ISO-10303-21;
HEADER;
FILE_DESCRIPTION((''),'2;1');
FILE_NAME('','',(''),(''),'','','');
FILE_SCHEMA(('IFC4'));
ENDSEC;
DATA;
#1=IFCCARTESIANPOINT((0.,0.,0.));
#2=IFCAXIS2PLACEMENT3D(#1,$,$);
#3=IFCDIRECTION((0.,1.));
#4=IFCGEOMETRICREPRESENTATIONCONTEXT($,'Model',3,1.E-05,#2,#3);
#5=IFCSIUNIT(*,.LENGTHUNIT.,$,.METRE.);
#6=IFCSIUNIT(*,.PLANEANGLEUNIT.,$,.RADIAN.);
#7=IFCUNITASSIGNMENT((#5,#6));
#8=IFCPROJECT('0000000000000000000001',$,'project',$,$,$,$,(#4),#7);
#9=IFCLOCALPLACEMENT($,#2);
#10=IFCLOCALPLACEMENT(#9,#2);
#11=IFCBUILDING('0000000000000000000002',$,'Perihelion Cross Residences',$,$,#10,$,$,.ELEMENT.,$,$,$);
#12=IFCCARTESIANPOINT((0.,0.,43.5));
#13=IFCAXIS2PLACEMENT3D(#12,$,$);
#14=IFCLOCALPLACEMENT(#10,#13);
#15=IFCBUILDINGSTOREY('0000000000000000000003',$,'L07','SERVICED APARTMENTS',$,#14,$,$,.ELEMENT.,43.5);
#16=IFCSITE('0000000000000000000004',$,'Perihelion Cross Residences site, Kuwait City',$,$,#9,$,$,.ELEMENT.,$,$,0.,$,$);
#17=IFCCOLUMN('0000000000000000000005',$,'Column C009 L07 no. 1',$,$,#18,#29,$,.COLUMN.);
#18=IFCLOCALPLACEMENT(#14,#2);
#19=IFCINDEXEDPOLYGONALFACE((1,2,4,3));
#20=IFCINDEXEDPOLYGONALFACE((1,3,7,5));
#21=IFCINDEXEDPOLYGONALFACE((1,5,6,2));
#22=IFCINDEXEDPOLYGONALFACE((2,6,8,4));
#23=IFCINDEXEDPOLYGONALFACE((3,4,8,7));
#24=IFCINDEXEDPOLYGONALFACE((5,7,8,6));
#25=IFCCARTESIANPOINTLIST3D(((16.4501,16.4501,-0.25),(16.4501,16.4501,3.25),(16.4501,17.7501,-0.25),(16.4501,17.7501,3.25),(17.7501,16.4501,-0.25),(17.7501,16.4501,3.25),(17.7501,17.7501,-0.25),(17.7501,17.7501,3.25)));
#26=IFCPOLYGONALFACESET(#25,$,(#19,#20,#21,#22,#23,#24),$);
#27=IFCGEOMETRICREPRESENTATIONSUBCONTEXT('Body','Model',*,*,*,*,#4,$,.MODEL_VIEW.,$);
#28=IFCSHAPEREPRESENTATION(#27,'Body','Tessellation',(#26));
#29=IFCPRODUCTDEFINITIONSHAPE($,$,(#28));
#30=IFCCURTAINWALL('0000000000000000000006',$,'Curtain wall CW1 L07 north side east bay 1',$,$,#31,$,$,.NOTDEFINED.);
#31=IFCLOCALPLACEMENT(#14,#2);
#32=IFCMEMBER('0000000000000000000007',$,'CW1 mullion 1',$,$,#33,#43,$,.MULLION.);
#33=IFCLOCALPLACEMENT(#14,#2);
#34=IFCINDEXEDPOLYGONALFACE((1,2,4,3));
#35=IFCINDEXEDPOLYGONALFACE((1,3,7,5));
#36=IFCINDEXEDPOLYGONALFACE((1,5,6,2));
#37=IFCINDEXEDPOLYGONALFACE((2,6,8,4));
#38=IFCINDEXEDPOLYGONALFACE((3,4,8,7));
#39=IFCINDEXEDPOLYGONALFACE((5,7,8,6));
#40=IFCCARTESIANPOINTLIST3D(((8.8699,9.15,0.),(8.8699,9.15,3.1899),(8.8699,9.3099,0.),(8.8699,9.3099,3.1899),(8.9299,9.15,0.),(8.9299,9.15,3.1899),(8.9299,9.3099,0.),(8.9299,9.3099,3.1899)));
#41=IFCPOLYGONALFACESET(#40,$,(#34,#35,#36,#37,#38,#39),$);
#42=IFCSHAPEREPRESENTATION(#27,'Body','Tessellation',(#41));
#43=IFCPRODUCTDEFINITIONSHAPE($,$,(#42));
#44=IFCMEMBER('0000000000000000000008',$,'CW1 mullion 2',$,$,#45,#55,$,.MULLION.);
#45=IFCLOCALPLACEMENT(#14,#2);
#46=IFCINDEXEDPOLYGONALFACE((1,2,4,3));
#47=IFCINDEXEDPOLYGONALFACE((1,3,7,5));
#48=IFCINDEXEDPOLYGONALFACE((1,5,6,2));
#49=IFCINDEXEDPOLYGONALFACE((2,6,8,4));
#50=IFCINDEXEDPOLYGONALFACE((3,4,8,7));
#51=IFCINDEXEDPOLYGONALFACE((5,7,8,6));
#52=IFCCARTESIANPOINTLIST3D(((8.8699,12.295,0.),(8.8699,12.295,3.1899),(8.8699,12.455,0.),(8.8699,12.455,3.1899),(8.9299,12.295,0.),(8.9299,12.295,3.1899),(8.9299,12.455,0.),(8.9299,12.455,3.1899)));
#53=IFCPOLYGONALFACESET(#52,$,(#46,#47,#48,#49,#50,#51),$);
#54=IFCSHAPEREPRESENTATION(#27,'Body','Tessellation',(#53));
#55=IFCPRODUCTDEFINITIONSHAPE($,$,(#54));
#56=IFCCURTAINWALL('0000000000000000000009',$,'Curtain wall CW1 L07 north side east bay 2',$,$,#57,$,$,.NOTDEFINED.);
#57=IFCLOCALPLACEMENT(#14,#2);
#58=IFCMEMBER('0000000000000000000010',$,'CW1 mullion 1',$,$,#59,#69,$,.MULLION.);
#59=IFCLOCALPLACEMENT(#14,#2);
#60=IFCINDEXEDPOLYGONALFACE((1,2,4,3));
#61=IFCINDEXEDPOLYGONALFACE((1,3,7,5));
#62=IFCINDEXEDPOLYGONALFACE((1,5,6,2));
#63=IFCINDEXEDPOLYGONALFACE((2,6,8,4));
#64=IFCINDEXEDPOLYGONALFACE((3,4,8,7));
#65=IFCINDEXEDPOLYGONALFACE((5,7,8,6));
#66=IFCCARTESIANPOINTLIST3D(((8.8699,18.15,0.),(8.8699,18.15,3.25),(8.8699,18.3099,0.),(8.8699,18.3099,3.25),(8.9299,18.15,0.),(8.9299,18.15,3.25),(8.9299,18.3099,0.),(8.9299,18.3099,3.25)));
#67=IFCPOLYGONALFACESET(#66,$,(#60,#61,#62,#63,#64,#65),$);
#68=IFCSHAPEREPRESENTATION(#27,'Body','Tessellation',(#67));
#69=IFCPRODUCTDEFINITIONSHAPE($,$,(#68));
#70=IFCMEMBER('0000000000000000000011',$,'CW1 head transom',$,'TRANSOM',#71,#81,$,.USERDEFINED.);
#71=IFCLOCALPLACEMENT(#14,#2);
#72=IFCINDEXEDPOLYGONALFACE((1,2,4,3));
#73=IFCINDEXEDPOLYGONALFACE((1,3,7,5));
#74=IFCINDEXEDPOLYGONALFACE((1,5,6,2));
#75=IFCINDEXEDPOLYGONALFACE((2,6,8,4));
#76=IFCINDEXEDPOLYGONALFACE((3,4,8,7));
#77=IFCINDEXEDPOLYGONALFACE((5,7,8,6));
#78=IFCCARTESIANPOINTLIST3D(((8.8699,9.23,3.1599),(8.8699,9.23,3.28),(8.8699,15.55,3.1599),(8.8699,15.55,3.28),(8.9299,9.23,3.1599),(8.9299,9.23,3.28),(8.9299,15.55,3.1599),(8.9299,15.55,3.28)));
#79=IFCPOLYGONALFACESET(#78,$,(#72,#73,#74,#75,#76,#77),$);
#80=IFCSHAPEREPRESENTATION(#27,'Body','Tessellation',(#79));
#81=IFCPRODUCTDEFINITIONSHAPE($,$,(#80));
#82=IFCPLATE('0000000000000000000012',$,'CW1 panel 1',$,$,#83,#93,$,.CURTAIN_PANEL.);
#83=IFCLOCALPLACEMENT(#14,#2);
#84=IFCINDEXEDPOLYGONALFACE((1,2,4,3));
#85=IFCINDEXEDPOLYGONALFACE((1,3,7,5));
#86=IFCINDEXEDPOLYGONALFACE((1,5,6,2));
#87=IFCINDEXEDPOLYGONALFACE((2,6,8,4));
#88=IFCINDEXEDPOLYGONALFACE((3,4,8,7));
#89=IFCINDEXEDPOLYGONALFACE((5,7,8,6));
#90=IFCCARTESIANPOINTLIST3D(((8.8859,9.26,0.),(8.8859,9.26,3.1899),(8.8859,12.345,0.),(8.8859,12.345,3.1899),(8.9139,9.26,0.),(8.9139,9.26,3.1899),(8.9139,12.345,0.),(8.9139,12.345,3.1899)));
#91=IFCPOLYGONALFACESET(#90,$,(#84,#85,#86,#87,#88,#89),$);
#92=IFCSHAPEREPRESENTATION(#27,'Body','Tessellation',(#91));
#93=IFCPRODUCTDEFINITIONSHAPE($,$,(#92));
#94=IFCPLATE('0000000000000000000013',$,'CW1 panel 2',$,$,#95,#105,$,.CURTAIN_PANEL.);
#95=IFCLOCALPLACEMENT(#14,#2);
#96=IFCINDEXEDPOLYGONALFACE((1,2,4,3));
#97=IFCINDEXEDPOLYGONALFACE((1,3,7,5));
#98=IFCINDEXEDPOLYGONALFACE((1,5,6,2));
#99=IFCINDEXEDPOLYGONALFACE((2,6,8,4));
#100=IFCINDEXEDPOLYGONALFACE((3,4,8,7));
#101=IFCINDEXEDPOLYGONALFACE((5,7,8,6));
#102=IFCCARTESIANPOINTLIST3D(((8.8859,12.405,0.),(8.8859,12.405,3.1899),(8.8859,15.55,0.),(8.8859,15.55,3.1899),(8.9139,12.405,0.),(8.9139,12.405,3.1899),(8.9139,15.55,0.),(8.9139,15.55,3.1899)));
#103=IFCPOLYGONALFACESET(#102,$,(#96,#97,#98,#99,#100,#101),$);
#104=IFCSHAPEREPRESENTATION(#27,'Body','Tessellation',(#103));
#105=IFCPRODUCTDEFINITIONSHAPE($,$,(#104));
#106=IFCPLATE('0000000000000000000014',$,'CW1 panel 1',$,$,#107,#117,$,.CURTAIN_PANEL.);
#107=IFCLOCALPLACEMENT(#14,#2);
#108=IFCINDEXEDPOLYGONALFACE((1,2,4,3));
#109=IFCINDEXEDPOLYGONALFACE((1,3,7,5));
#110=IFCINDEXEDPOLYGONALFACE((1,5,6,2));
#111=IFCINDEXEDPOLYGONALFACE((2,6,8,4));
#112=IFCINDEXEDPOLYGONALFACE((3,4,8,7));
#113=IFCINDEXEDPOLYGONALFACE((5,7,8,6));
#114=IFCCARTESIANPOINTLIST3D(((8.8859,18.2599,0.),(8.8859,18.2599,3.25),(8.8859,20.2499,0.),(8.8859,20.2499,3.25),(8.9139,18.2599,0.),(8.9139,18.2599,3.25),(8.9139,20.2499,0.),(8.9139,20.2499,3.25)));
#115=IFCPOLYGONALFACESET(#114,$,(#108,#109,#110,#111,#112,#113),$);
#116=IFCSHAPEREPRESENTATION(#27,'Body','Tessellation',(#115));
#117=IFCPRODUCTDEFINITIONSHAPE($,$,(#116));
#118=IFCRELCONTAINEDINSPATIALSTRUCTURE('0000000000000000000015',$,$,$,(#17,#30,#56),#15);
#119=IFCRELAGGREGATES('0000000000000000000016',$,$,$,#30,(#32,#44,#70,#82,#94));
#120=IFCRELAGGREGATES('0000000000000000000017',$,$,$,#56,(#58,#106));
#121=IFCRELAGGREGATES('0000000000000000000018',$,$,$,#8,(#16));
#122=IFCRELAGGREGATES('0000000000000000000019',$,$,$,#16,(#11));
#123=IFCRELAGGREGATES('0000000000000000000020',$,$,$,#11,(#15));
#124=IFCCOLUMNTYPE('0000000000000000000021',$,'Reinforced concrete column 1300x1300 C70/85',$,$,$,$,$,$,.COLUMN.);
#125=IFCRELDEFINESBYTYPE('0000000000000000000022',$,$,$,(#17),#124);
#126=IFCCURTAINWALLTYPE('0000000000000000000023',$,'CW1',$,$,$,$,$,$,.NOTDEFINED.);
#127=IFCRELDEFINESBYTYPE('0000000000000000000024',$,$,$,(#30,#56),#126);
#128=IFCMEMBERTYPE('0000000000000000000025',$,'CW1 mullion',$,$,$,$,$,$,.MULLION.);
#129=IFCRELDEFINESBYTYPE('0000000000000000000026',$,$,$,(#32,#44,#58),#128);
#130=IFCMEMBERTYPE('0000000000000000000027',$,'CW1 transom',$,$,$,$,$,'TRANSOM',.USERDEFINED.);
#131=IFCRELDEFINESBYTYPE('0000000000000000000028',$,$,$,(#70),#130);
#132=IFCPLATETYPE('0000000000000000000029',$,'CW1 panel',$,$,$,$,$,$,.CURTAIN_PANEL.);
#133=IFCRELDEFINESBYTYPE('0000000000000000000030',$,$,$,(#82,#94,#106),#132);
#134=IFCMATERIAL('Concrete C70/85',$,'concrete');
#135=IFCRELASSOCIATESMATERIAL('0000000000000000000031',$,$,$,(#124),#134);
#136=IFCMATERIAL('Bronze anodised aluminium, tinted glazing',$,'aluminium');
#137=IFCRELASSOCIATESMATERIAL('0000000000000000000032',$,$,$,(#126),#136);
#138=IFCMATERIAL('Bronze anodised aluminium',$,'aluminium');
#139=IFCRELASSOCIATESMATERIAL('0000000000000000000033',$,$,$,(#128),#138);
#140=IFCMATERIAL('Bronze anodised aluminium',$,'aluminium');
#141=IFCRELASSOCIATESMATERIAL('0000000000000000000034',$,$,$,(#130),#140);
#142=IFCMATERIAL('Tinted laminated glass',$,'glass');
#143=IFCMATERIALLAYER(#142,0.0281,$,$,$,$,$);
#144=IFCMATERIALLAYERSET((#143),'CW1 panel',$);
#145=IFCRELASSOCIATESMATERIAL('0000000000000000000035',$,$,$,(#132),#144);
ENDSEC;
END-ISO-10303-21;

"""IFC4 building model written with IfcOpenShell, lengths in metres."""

from ifc_helpers import new_model, si_unit, direction, frame, origin, origin_2d, place, context, subcontext, project, spatial, rectangle, extrude, material, layer, layer_set, material_profile, profile_set, type_object, element, aggregate, save


model = new_model("IFC4")

# Units and contexts
model_context = context("Model", 3, precision=1e-05, world=origin(), true_north=direction((0.0, 1.0)))
body_context = subcontext(model_context, "Body", "Model", "MODEL_VIEW")
ifc_project = project(units=[si_unit("LENGTHUNIT", "METRE"), si_unit("PLANEANGLEUNIT", "RADIAN")], contexts=[model_context])

# Site, building, storey
site_placement = place(None, origin())
site = spatial("IfcSite", under=ifc_project, at=site_placement, Name="Perihelion Cross Residences site, Kuwait City", CompositionType="ELEMENT", RefElevation=0.0)
building_placement = place(site_placement, origin())
building = spatial("IfcBuilding", under=site, at=building_placement, Name="Perihelion Cross Residences", CompositionType="ELEMENT")
storey_placement = place(building_placement, frame((0.0, 0.0, 43.5)))
storey = spatial("IfcBuildingStorey", under=building, at=storey_placement, Name="L07", Description="SERVICED APARTMENTS", CompositionType="ELEMENT", Elevation=43.5)

# Column
ifc_material_1 = material(Name="Concrete C70/85", Category="concrete")
ifc_material_profile_1 = material_profile(ifc_material_1, rectangle(XDim=1.3, YDim=1.3, at=origin_2d()), Name="RC 1300x1300")
ifc_profile_set_1 = profile_set([ifc_material_profile_1], Name="Concrete C70/85")
column_type = type_object("IfcColumnType", Name="Reinforced concrete column 1300x1300 C70/85", PredefinedType="COLUMN", material=ifc_profile_set_1)
column_placement = place(storey_placement, frame((17.1001, 17.1001, -0.25), z_axis=(0.0, 0.0, 1.0), x_axis=(1.0, 0.0, 0.0)))
element("IfcColumn", 1, at=column_placement, inside=storey, type_object=column_type, Name="Column C009 L07 no. 1", PredefinedType="COLUMN", context=body_context, shape_type="SweptSolid", body=[
    extrude(rectangle(XDim=1.3, YDim=1.3, at=origin_2d()), origin(), (0.0, 0.0, 1.0), 3.5),
])

# Curtain wall, members
ifc_material_2 = material(Name="Bronze anodised aluminium, tinted glazing", Category="aluminium")
curtain_wall_type = type_object("IfcCurtainWallType", Name="CW1", PredefinedType="NOTDEFINED", material=ifc_material_2)
curtain_wall_1_placement = place(storey_placement, origin())
curtain_wall_1 = element("IfcCurtainWall", 2, at=curtain_wall_1_placement, inside=storey, type_object=curtain_wall_type, Name="Curtain wall CW1 L07 north side east bay 1", PredefinedType="NOTDEFINED")
ifc_material_3 = material(Name="Bronze anodised aluminium", Category="aluminium")
ifc_material_profile_2 = material_profile(ifc_material_3, rectangle(XDim=0.0601, YDim=0.1599, at=origin_2d()), Name="CW1 mullion")
ifc_profile_set_2 = profile_set([ifc_material_profile_2], Name="Bronze anodised aluminium")
member_type_1 = type_object("IfcMemberType", Name="CW1 mullion", PredefinedType="MULLION", material=ifc_profile_set_2)
member_1_placement = place(storey_placement, frame((8.8999, 9.23, 0.0), z_axis=(0.0, 0.0, 1.0), x_axis=(-1.0, 0.0, 0.0)))
member_1 = element("IfcMember", 3, at=member_1_placement, type_object=member_type_1, Name="CW1 mullion 1", PredefinedType="MULLION", context=body_context, shape_type="SweptSolid", body=[
    extrude(rectangle(XDim=0.0601, YDim=0.1599, at=origin_2d()), origin(), (0.0, 0.0, 1.0), 3.1899),
])
member_2_placement = place(storey_placement, frame((8.8999, 12.375, 0.0), z_axis=(0.0, 0.0, 1.0), x_axis=(-1.0, 0.0, 0.0)))
member_2 = element("IfcMember", 4, at=member_2_placement, type_object=member_type_1, Name="CW1 mullion 2", PredefinedType="MULLION", context=body_context, shape_type="SweptSolid", body=[
    extrude(rectangle(XDim=0.0601, YDim=0.1599, at=origin_2d()), origin(), (0.0, 0.0, 1.0), 3.1899),
])

# Curtain wall, member
curtain_wall_2_placement = place(storey_placement, origin())
curtain_wall_2 = element("IfcCurtainWall", 5, at=curtain_wall_2_placement, inside=storey, type_object=curtain_wall_type, Name="Curtain wall CW1 L07 north side east bay 2", PredefinedType="NOTDEFINED")
member_3_placement = place(storey_placement, frame((8.8999, 18.23, 0.0), z_axis=(0.0, 0.0, 1.0), x_axis=(-1.0, 0.0, 0.0)))
member_3 = element("IfcMember", 6, at=member_3_placement, type_object=member_type_1, Name="CW1 mullion 1", PredefinedType="MULLION", context=body_context, shape_type="SweptSolid", body=[
    extrude(rectangle(XDim=0.0601, YDim=0.1599, at=origin_2d()), origin(), (0.0, 0.0, 1.0), 3.25),
])

# Member
ifc_material_4 = material(Name="Bronze anodised aluminium", Category="aluminium")
ifc_material_profile_3 = material_profile(ifc_material_4, rectangle(XDim=0.0601, YDim=0.1201, at=origin_2d()), Name="CW1 transom")
ifc_profile_set_3 = profile_set([ifc_material_profile_3], Name="Bronze anodised aluminium")
member_type_2 = type_object("IfcMemberType", Name="CW1 transom", ElementType="TRANSOM", PredefinedType="USERDEFINED", material=ifc_profile_set_3)
member_4_placement = place(storey_placement, frame((8.8999, 9.23, 3.22), z_axis=(0.0, 1.0, 0.0), x_axis=(-1.0, 0.0, 0.0)))
member_4 = element("IfcMember", 7, at=member_4_placement, type_object=member_type_2, Name="CW1 head transom", ObjectType="TRANSOM", PredefinedType="USERDEFINED", context=body_context, shape_type="SweptSolid", body=[
    extrude(rectangle(XDim=0.0601, YDim=0.1201, at=origin_2d()), origin(), (0.0, 0.0, 1.0), 6.3201),
])

# Plates
ifc_material_5 = material(Name="Tinted laminated glass", Category="glass")
ifc_layer_1 = layer(ifc_material_5, 0.0281)
ifc_layer_set_1 = layer_set([ifc_layer_1], Name="CW1 panel")
plate_type = type_object("IfcPlateType", Name="CW1 panel", PredefinedType="CURTAIN_PANEL", material=ifc_layer_set_1)
plate_1_placement = place(storey_placement, frame((8.8999, 10.8025, 0.0), z_axis=(0.0, 0.0, 1.0), x_axis=(0.0, 1.0, 0.0)))
plate_1 = element("IfcPlate", 8, at=plate_1_placement, type_object=plate_type, Name="CW1 panel 1", PredefinedType="CURTAIN_PANEL", context=body_context, shape_type="SweptSolid", body=[
    extrude(rectangle(XDim=3.085, YDim=0.0281, at=origin_2d()), origin(), (0.0, 0.0, 1.0), 3.1899),
])
plate_2_placement = place(storey_placement, frame((8.8999, 13.9775, 0.0), z_axis=(0.0, 0.0, 1.0), x_axis=(0.0, 1.0, 0.0)))
plate_2 = element("IfcPlate", 9, at=plate_2_placement, type_object=plate_type, Name="CW1 panel 2", PredefinedType="CURTAIN_PANEL", context=body_context, shape_type="SweptSolid", body=[
    extrude(rectangle(XDim=3.145, YDim=0.0281, at=origin_2d()), origin(), (0.0, 0.0, 1.0), 3.1899),
])
aggregate(curtain_wall_1, [member_1, member_2, member_4, plate_1, plate_2])
plate_3_placement = place(storey_placement, frame((8.8999, 19.2549, 0.0), z_axis=(0.0, 0.0, 1.0), x_axis=(0.0, 1.0, 0.0)))
plate_3 = element("IfcPlate", 10, at=plate_3_placement, type_object=plate_type, Name="CW1 panel 1", PredefinedType="CURTAIN_PANEL", context=body_context, shape_type="SweptSolid", body=[
    extrude(rectangle(XDim=1.99, YDim=0.0281, at=origin_2d()), origin(), (0.0, 0.0, 1.0), 3.25),
])
aggregate(curtain_wall_2, [member_3, plate_3])

save(model, "model.ifc")
